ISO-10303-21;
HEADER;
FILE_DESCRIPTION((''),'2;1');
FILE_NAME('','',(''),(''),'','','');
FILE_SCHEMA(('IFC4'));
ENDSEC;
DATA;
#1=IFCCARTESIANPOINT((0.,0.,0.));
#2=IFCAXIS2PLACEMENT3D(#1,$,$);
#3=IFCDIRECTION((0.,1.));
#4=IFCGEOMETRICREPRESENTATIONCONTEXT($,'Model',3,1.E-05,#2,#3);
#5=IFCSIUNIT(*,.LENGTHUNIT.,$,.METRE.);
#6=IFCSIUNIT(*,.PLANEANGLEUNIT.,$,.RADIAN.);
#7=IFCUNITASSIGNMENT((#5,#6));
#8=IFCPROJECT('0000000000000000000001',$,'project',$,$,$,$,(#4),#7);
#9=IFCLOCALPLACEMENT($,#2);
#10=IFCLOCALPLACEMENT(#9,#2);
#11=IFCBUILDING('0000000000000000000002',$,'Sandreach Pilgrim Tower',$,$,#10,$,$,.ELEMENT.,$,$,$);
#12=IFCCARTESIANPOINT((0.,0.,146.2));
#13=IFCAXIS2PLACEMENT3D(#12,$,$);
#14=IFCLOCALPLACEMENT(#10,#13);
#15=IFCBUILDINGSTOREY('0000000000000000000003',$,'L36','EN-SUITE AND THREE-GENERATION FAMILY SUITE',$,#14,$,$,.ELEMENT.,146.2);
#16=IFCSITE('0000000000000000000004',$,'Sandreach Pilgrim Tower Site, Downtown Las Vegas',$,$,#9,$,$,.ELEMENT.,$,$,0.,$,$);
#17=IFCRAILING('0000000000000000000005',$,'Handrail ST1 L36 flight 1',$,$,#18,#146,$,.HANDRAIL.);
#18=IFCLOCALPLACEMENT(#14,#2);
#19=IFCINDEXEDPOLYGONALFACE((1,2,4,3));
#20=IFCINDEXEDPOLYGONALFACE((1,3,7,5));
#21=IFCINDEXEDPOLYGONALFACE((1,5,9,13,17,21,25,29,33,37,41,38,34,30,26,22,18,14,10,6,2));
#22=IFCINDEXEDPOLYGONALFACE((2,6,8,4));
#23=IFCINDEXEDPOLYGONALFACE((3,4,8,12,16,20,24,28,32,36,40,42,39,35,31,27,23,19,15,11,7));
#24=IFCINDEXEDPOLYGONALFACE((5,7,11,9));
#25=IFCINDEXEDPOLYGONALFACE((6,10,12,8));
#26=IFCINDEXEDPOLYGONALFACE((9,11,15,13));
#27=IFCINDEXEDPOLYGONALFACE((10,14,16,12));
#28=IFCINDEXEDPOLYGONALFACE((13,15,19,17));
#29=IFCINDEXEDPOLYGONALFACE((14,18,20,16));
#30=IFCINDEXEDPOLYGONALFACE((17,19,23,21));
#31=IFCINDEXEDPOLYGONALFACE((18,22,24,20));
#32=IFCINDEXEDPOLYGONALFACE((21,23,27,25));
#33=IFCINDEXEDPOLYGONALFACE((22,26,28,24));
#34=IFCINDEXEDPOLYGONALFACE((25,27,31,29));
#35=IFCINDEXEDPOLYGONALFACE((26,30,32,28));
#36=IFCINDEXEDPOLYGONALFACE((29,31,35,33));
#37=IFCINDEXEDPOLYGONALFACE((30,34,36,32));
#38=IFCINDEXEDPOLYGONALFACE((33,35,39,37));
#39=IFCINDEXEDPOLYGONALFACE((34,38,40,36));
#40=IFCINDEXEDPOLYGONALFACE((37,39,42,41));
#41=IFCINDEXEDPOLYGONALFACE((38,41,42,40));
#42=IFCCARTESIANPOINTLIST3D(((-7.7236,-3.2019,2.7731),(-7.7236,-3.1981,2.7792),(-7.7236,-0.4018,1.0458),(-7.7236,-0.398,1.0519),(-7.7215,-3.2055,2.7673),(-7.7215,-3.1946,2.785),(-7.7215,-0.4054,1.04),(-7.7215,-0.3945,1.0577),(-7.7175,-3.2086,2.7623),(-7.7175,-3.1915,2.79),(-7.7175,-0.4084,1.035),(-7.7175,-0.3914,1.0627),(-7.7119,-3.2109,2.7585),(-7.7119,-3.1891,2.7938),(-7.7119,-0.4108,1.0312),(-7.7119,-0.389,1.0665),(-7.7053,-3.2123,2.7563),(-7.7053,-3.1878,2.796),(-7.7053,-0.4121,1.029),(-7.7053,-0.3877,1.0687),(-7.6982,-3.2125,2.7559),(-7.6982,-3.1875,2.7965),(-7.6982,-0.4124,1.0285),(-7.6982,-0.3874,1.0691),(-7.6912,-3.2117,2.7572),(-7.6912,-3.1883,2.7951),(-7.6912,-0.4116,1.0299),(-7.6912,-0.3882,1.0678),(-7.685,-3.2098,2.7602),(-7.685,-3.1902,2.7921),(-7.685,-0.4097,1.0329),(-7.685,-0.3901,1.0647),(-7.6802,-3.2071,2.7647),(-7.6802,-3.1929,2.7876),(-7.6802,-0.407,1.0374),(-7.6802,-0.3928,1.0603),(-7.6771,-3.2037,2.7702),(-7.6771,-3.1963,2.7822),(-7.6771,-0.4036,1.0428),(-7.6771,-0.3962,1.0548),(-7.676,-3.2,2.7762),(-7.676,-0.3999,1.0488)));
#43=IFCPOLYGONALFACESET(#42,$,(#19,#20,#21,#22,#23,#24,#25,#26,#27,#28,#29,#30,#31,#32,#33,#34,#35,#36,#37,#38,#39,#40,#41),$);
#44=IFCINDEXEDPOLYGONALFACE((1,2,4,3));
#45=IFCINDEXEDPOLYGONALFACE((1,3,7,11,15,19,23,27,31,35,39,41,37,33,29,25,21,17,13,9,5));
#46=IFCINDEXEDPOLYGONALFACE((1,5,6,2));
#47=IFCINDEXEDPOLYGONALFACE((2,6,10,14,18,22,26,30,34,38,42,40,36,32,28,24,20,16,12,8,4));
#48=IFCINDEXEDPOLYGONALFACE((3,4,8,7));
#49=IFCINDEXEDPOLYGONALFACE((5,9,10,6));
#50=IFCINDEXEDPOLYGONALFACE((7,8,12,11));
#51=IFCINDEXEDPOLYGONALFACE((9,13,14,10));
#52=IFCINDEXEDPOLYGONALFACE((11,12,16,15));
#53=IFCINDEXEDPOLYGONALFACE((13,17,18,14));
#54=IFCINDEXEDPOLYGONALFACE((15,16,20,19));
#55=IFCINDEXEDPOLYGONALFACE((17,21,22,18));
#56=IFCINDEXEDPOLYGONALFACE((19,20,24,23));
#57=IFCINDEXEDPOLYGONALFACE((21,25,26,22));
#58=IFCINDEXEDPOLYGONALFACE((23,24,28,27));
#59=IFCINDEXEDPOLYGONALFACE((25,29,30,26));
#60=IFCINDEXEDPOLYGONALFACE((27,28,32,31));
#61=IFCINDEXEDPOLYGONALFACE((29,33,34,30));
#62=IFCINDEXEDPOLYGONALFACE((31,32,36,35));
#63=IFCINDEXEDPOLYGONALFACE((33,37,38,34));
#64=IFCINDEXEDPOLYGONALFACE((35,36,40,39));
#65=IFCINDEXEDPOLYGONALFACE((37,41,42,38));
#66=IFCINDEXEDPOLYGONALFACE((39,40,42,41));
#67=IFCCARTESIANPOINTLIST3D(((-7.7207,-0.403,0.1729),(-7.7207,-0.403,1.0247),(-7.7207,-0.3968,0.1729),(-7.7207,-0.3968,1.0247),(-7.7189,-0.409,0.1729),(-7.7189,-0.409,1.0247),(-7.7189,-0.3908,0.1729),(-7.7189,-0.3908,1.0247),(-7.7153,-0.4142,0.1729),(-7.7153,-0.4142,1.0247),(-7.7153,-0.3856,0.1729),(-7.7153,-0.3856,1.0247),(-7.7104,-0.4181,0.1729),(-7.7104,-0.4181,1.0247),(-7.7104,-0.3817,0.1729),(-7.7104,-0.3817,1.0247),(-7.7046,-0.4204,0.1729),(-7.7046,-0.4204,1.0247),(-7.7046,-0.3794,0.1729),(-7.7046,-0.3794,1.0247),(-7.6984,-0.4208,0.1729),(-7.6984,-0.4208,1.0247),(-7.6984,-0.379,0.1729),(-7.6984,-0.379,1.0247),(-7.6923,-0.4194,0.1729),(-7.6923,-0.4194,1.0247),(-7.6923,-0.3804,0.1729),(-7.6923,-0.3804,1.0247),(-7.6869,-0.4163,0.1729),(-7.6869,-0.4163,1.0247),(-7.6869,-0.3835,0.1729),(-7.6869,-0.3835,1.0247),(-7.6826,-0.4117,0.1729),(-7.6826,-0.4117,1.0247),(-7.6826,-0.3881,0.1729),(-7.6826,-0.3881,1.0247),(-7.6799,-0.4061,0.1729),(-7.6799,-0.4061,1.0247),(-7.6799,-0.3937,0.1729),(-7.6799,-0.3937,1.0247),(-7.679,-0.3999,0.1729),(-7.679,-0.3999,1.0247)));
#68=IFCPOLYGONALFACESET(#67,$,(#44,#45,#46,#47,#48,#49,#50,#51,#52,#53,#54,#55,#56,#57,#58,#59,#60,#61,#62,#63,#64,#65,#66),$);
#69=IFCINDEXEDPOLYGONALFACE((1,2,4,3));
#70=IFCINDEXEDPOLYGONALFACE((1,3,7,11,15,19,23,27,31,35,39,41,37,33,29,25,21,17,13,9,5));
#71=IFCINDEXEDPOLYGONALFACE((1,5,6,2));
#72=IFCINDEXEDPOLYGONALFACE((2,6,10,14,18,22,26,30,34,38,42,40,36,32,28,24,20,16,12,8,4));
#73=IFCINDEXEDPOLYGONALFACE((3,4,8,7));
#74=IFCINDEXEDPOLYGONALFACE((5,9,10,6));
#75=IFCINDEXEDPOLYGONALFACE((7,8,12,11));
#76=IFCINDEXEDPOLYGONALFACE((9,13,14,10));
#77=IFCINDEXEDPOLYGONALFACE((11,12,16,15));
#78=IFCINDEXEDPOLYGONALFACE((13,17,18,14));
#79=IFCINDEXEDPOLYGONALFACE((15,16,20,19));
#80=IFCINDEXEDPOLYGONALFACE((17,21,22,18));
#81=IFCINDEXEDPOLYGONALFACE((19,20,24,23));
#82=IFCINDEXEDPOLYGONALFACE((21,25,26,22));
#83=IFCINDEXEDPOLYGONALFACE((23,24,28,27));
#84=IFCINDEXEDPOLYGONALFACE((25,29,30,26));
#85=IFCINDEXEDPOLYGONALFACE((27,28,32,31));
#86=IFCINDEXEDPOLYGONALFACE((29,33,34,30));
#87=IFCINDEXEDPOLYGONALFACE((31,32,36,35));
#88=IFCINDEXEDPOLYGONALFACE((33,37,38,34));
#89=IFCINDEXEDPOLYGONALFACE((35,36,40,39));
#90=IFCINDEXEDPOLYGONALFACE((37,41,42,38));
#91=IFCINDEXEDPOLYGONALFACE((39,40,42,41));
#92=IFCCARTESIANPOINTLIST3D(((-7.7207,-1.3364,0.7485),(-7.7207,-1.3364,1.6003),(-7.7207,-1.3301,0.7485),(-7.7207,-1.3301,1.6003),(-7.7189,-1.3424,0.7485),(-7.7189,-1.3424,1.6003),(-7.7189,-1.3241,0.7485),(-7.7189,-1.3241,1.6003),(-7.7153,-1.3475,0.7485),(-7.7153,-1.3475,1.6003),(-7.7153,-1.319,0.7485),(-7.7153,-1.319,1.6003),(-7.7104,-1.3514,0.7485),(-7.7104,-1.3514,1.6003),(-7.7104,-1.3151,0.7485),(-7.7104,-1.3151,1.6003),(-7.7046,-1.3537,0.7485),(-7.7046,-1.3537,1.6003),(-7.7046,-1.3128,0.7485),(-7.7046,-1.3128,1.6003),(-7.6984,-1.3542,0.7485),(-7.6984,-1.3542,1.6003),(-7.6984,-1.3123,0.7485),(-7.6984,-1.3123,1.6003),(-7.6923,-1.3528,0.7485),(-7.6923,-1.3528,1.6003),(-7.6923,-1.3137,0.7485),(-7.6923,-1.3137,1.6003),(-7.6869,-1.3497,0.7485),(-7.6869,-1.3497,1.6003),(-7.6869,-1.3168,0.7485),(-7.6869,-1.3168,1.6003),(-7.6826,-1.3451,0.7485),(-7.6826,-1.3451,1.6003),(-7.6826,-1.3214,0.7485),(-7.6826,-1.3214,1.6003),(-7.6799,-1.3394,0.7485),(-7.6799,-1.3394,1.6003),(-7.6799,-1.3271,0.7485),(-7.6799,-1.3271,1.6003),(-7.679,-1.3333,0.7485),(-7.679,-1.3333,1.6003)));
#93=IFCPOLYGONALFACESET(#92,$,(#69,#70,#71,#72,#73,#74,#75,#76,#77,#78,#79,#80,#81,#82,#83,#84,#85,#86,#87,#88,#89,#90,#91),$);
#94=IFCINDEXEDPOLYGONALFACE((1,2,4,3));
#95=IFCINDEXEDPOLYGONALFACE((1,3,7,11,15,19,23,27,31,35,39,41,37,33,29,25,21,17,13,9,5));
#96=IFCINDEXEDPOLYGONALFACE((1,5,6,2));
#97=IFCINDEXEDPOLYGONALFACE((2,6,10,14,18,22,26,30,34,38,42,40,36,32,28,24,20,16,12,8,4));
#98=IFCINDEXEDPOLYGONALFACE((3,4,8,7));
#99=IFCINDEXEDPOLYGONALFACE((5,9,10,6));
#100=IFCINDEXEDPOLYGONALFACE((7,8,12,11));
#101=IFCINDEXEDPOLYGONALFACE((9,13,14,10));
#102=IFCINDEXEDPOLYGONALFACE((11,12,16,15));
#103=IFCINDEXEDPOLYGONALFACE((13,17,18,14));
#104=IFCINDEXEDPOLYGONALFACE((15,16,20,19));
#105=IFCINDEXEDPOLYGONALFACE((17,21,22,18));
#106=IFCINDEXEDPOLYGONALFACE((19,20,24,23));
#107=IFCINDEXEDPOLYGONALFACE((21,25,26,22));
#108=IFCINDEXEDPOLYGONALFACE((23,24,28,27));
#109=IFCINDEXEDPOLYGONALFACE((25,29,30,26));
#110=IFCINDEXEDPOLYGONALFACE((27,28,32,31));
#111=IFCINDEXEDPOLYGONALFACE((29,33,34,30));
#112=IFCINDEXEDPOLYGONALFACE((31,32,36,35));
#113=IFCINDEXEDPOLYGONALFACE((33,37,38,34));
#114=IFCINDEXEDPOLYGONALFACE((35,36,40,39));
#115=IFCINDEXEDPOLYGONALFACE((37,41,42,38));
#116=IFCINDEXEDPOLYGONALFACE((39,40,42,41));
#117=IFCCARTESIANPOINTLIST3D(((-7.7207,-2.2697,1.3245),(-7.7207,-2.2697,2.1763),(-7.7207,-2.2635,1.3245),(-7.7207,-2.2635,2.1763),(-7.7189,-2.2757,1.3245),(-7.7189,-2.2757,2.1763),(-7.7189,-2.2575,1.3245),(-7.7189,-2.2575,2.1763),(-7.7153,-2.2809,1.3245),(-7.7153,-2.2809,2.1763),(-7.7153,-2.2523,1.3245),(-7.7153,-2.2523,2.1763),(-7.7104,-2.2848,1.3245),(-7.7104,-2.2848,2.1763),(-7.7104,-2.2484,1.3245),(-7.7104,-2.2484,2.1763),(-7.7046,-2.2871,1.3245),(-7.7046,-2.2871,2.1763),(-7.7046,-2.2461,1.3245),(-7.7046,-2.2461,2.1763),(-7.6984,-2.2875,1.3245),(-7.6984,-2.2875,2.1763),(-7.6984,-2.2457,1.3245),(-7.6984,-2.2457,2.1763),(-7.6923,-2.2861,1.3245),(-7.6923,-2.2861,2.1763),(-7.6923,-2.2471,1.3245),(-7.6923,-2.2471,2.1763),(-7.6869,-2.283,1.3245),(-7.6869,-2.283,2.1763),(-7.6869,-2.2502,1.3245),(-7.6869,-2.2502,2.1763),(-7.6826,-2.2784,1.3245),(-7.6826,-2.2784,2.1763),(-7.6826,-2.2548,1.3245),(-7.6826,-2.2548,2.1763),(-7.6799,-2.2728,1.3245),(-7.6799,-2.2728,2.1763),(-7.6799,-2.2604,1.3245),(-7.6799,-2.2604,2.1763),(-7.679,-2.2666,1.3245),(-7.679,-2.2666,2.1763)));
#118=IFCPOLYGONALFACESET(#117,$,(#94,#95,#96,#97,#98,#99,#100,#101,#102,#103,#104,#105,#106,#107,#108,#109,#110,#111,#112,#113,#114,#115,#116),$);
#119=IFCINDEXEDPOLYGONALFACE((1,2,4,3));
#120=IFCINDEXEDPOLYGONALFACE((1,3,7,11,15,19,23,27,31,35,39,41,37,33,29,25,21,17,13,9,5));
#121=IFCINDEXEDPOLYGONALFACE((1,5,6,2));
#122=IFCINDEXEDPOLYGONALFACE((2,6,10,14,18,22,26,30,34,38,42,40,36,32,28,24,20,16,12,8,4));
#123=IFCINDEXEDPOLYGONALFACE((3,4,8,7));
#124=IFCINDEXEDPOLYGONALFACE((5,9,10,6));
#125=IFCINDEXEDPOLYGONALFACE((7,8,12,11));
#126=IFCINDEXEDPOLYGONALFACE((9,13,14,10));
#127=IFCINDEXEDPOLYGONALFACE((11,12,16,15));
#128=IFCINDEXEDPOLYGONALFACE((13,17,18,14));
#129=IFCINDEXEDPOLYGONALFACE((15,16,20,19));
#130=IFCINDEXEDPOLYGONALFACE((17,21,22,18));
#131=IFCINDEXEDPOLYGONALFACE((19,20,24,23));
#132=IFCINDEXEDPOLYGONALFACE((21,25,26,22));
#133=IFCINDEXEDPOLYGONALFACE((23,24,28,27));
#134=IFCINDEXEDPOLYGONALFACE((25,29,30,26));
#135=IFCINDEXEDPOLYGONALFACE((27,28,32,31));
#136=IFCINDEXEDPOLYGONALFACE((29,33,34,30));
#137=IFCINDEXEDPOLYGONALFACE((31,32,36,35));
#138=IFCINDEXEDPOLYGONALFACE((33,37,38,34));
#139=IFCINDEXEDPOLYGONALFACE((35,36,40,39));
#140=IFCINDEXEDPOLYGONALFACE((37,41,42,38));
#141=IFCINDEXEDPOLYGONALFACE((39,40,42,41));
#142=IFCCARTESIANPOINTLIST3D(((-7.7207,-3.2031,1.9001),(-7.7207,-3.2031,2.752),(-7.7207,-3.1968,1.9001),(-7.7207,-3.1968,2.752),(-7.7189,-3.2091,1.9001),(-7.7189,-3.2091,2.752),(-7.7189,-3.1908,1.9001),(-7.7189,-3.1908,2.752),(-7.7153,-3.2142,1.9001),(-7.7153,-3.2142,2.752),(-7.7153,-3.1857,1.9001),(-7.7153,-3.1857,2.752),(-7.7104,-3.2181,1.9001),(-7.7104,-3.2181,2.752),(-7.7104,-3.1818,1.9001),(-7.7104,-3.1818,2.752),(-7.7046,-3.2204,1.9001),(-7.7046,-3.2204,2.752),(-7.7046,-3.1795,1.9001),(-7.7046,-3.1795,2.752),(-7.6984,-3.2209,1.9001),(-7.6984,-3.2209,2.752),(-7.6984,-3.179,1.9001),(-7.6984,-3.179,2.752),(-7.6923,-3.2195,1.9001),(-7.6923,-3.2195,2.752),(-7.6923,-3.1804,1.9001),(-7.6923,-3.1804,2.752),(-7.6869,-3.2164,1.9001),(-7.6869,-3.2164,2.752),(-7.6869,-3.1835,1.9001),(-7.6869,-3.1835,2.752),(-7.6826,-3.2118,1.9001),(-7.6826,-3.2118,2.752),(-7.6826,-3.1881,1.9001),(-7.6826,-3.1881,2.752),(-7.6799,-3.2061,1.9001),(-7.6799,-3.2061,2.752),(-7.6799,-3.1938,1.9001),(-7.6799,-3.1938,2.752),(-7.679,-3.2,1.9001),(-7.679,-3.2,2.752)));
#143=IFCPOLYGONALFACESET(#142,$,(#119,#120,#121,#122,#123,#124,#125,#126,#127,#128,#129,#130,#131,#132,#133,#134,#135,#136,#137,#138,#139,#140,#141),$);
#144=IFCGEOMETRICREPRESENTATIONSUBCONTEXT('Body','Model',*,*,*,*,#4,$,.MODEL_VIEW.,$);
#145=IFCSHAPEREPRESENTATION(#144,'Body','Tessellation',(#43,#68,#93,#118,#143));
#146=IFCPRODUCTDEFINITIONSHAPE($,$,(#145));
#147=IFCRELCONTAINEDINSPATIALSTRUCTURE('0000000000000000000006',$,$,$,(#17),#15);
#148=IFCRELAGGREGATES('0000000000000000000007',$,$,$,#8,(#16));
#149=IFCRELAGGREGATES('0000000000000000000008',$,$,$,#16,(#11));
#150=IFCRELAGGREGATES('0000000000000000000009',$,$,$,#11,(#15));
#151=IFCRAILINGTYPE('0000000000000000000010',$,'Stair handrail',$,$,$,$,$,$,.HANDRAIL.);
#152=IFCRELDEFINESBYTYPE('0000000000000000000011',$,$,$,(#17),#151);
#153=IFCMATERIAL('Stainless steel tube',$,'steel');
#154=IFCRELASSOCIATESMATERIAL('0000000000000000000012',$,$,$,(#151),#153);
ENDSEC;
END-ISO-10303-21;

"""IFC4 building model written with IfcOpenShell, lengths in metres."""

from ifc_helpers import new_model, si_unit, direction, frame, origin, origin_2d, place, context, subcontext, project, spatial, circle, extrude, material, type_object, element, save


model = new_model("IFC4")

# Units and contexts
model_context = context("Model", 3, precision=1e-05, world=origin(), true_north=direction((0.0, 1.0)))
body_context = subcontext(model_context, "Body", "Model", "MODEL_VIEW")
ifc_project = project(units=[si_unit("LENGTHUNIT", "METRE"), si_unit("PLANEANGLEUNIT", "RADIAN")], contexts=[model_context])

# Site, building, storey
site_placement = place(None, origin())
site = spatial("IfcSite", under=ifc_project, at=site_placement, Name="Sandreach Pilgrim Tower Site, Downtown Las Vegas", CompositionType="ELEMENT", RefElevation=0.0)
building_placement = place(site_placement, origin())
building = spatial("IfcBuilding", under=site, at=building_placement, Name="Sandreach Pilgrim Tower", CompositionType="ELEMENT")
storey_placement = place(building_placement, frame((0.0, 0.0, 146.2)))
storey = spatial("IfcBuildingStorey", under=building, at=storey_placement, Name="L36", Description="EN-SUITE AND THREE-GENERATION FAMILY SUITE", CompositionType="ELEMENT", Elevation=146.2)

# Railing
ifc_material_1 = material(Name="Stainless steel tube", Category="steel")
railing_type = type_object("IfcRailingType", Name="Stair handrail", PredefinedType="HANDRAIL", material=ifc_material_1)
for number, where, name in (
    (1, (-7.7, -0.3999, 0.1729), "Handrail ST1 L36 flight 1"),
):
    element("IfcRailing", number, at=place(storey_placement, frame(where)), inside=storey, type_object=railing_type, Name=name, PredefinedType="HANDRAIL", context=body_context, shape_type="SweptSolid", body=[
        extrude(circle(Radius=0.0239, at=origin_2d()), frame((0.0, 0.0, 0.876), z_axis=(0.0, -0.85109, 0.52502), x_axis=(1.0, 0.0, 0.0)), (0.0, 0.0, 1.0), 3.29),
        extrude(circle(Radius=0.021, at=origin_2d()), origin(), (0.0, 0.0, 1.0), 0.8518),
        extrude(circle(Radius=0.021, at=origin_2d()), frame((0.0, -0.9333, 0.5757)), (0.0, 0.0, 1.0), 0.8518),
        extrude(circle(Radius=0.021, at=origin_2d()), frame((0.0, -1.8667, 1.1516)), (0.0, 0.0, 1.0), 0.8518),
        extrude(circle(Radius=0.021, at=origin_2d()), frame((0.0, -2.8, 1.7273)), (0.0, 0.0, 1.0), 0.8518),
    ])

save(model, "model.ifc")
